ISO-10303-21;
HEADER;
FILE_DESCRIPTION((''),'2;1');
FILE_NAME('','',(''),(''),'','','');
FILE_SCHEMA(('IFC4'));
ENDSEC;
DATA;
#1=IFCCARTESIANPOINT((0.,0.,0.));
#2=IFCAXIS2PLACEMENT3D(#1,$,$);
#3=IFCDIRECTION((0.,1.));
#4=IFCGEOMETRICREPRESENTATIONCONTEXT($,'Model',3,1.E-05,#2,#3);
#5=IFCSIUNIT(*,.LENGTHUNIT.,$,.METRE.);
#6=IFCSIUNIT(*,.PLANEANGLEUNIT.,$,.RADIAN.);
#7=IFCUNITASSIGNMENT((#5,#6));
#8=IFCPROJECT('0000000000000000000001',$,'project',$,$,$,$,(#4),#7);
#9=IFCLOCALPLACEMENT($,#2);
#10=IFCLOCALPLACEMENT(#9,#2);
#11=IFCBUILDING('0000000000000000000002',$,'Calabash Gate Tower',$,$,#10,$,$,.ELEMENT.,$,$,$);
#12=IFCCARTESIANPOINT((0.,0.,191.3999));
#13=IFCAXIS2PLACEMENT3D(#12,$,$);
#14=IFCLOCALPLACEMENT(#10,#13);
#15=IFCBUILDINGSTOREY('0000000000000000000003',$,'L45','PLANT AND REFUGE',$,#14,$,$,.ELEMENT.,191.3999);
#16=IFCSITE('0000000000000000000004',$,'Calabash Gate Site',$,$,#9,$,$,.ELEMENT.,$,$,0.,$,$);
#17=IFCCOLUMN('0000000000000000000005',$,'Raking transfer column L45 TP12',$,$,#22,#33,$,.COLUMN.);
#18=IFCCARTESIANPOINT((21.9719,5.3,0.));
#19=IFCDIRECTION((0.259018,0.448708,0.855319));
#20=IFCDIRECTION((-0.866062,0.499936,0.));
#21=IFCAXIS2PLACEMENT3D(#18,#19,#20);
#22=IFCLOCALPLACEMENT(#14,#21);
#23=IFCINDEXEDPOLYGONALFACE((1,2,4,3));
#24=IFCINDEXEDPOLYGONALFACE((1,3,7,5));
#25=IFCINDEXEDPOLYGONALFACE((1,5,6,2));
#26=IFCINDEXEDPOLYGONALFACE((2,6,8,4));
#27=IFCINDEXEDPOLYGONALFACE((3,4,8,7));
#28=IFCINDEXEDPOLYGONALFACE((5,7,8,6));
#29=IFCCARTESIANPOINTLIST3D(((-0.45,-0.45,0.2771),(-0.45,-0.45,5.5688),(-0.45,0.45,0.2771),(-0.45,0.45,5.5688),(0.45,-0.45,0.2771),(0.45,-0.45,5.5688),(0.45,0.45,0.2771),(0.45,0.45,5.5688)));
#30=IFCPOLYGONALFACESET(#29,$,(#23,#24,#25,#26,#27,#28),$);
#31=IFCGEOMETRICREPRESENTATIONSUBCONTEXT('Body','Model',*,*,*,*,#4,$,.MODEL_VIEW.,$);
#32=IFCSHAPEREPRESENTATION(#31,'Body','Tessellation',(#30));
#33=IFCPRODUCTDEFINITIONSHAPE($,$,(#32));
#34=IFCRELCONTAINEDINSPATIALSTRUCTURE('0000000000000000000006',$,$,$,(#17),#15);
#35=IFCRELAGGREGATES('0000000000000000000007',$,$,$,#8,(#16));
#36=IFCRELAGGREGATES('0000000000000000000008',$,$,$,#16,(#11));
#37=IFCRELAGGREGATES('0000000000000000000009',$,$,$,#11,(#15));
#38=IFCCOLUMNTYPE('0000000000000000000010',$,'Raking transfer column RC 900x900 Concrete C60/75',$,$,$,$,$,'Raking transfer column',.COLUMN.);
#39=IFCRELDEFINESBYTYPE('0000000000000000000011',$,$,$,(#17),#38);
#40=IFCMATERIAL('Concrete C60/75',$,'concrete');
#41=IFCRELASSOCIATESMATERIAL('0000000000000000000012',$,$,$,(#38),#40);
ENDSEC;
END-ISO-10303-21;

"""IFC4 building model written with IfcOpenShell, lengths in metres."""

from ifc_helpers import new_model, si_unit, direction, frame, origin, origin_2d, place, context, subcontext, project, spatial, rectangle, extrude, clip, halfspace, material, material_profile, profile_set, type_object, element, save


model = new_model("IFC4")

# Units and contexts
model_context = context("Model", 3, precision=1e-05, world=origin(), true_north=direction((0.0, 1.0)))
body_context = subcontext(model_context, "Body", "Model", "MODEL_VIEW")
ifc_project = project(units=[si_unit("LENGTHUNIT", "METRE"), si_unit("PLANEANGLEUNIT", "RADIAN")], contexts=[model_context])

# Site, building, storey
site_placement = place(None, origin())
site = spatial("IfcSite", under=ifc_project, at=site_placement, Name="Calabash Gate Site", CompositionType="ELEMENT", RefElevation=0.0)
building_placement = place(site_placement, origin())
building = spatial("IfcBuilding", under=site, at=building_placement, Name="Calabash Gate Tower", CompositionType="ELEMENT")
storey_placement = place(building_placement, frame((0.0, 0.0, 191.3999)))
storey = spatial("IfcBuildingStorey", under=building, at=storey_placement, Name="L45", Description="PLANT AND REFUGE", CompositionType="ELEMENT", Elevation=191.3999)

# Column
ifc_material_1 = material(Name="Concrete C60/75", Category="concrete")
ifc_material_profile_1 = material_profile(ifc_material_1, rectangle(XDim=0.8999, YDim=0.8999, at=origin_2d()))
ifc_profile_set_1 = profile_set([ifc_material_profile_1], Name="Concrete C60/75")
column_type = type_object("IfcColumnType", Name="Raking transfer column RC 900x900 Concrete C60/75", ElementType="Raking transfer column", PredefinedType="COLUMN", material=ifc_profile_set_1)
column_placement = place(storey_placement, frame((21.9719, 5.3, 0.0), z_axis=(0.259018, 0.448708, 0.855319), x_axis=(-0.866062, 0.499936, 0.0)))
element("IfcColumn", 1, at=column_placement, inside=storey, type_object=column_type, Name="Raking transfer column L45 TP12", PredefinedType="COLUMN", context=body_context, shape_type="Clipping", body=[
    clip(clip(extrude(rectangle(XDim=0.8999, YDim=0.8999, at=origin_2d()), origin(), (0.0, 0.0, 1.0), 5.8457), halfspace(frame((0.0, 0.0, 0.2771), z_axis=(0.0, 0.0, 1.0), x_axis=(1.0, 0.0, 0.0)), True)), halfspace(frame((0.0, 0.0, 5.5688), z_axis=(0.0, 0.0, 1.0), x_axis=(1.0, 0.0, 0.0)), False)),
])

save(model, "model.ifc")
